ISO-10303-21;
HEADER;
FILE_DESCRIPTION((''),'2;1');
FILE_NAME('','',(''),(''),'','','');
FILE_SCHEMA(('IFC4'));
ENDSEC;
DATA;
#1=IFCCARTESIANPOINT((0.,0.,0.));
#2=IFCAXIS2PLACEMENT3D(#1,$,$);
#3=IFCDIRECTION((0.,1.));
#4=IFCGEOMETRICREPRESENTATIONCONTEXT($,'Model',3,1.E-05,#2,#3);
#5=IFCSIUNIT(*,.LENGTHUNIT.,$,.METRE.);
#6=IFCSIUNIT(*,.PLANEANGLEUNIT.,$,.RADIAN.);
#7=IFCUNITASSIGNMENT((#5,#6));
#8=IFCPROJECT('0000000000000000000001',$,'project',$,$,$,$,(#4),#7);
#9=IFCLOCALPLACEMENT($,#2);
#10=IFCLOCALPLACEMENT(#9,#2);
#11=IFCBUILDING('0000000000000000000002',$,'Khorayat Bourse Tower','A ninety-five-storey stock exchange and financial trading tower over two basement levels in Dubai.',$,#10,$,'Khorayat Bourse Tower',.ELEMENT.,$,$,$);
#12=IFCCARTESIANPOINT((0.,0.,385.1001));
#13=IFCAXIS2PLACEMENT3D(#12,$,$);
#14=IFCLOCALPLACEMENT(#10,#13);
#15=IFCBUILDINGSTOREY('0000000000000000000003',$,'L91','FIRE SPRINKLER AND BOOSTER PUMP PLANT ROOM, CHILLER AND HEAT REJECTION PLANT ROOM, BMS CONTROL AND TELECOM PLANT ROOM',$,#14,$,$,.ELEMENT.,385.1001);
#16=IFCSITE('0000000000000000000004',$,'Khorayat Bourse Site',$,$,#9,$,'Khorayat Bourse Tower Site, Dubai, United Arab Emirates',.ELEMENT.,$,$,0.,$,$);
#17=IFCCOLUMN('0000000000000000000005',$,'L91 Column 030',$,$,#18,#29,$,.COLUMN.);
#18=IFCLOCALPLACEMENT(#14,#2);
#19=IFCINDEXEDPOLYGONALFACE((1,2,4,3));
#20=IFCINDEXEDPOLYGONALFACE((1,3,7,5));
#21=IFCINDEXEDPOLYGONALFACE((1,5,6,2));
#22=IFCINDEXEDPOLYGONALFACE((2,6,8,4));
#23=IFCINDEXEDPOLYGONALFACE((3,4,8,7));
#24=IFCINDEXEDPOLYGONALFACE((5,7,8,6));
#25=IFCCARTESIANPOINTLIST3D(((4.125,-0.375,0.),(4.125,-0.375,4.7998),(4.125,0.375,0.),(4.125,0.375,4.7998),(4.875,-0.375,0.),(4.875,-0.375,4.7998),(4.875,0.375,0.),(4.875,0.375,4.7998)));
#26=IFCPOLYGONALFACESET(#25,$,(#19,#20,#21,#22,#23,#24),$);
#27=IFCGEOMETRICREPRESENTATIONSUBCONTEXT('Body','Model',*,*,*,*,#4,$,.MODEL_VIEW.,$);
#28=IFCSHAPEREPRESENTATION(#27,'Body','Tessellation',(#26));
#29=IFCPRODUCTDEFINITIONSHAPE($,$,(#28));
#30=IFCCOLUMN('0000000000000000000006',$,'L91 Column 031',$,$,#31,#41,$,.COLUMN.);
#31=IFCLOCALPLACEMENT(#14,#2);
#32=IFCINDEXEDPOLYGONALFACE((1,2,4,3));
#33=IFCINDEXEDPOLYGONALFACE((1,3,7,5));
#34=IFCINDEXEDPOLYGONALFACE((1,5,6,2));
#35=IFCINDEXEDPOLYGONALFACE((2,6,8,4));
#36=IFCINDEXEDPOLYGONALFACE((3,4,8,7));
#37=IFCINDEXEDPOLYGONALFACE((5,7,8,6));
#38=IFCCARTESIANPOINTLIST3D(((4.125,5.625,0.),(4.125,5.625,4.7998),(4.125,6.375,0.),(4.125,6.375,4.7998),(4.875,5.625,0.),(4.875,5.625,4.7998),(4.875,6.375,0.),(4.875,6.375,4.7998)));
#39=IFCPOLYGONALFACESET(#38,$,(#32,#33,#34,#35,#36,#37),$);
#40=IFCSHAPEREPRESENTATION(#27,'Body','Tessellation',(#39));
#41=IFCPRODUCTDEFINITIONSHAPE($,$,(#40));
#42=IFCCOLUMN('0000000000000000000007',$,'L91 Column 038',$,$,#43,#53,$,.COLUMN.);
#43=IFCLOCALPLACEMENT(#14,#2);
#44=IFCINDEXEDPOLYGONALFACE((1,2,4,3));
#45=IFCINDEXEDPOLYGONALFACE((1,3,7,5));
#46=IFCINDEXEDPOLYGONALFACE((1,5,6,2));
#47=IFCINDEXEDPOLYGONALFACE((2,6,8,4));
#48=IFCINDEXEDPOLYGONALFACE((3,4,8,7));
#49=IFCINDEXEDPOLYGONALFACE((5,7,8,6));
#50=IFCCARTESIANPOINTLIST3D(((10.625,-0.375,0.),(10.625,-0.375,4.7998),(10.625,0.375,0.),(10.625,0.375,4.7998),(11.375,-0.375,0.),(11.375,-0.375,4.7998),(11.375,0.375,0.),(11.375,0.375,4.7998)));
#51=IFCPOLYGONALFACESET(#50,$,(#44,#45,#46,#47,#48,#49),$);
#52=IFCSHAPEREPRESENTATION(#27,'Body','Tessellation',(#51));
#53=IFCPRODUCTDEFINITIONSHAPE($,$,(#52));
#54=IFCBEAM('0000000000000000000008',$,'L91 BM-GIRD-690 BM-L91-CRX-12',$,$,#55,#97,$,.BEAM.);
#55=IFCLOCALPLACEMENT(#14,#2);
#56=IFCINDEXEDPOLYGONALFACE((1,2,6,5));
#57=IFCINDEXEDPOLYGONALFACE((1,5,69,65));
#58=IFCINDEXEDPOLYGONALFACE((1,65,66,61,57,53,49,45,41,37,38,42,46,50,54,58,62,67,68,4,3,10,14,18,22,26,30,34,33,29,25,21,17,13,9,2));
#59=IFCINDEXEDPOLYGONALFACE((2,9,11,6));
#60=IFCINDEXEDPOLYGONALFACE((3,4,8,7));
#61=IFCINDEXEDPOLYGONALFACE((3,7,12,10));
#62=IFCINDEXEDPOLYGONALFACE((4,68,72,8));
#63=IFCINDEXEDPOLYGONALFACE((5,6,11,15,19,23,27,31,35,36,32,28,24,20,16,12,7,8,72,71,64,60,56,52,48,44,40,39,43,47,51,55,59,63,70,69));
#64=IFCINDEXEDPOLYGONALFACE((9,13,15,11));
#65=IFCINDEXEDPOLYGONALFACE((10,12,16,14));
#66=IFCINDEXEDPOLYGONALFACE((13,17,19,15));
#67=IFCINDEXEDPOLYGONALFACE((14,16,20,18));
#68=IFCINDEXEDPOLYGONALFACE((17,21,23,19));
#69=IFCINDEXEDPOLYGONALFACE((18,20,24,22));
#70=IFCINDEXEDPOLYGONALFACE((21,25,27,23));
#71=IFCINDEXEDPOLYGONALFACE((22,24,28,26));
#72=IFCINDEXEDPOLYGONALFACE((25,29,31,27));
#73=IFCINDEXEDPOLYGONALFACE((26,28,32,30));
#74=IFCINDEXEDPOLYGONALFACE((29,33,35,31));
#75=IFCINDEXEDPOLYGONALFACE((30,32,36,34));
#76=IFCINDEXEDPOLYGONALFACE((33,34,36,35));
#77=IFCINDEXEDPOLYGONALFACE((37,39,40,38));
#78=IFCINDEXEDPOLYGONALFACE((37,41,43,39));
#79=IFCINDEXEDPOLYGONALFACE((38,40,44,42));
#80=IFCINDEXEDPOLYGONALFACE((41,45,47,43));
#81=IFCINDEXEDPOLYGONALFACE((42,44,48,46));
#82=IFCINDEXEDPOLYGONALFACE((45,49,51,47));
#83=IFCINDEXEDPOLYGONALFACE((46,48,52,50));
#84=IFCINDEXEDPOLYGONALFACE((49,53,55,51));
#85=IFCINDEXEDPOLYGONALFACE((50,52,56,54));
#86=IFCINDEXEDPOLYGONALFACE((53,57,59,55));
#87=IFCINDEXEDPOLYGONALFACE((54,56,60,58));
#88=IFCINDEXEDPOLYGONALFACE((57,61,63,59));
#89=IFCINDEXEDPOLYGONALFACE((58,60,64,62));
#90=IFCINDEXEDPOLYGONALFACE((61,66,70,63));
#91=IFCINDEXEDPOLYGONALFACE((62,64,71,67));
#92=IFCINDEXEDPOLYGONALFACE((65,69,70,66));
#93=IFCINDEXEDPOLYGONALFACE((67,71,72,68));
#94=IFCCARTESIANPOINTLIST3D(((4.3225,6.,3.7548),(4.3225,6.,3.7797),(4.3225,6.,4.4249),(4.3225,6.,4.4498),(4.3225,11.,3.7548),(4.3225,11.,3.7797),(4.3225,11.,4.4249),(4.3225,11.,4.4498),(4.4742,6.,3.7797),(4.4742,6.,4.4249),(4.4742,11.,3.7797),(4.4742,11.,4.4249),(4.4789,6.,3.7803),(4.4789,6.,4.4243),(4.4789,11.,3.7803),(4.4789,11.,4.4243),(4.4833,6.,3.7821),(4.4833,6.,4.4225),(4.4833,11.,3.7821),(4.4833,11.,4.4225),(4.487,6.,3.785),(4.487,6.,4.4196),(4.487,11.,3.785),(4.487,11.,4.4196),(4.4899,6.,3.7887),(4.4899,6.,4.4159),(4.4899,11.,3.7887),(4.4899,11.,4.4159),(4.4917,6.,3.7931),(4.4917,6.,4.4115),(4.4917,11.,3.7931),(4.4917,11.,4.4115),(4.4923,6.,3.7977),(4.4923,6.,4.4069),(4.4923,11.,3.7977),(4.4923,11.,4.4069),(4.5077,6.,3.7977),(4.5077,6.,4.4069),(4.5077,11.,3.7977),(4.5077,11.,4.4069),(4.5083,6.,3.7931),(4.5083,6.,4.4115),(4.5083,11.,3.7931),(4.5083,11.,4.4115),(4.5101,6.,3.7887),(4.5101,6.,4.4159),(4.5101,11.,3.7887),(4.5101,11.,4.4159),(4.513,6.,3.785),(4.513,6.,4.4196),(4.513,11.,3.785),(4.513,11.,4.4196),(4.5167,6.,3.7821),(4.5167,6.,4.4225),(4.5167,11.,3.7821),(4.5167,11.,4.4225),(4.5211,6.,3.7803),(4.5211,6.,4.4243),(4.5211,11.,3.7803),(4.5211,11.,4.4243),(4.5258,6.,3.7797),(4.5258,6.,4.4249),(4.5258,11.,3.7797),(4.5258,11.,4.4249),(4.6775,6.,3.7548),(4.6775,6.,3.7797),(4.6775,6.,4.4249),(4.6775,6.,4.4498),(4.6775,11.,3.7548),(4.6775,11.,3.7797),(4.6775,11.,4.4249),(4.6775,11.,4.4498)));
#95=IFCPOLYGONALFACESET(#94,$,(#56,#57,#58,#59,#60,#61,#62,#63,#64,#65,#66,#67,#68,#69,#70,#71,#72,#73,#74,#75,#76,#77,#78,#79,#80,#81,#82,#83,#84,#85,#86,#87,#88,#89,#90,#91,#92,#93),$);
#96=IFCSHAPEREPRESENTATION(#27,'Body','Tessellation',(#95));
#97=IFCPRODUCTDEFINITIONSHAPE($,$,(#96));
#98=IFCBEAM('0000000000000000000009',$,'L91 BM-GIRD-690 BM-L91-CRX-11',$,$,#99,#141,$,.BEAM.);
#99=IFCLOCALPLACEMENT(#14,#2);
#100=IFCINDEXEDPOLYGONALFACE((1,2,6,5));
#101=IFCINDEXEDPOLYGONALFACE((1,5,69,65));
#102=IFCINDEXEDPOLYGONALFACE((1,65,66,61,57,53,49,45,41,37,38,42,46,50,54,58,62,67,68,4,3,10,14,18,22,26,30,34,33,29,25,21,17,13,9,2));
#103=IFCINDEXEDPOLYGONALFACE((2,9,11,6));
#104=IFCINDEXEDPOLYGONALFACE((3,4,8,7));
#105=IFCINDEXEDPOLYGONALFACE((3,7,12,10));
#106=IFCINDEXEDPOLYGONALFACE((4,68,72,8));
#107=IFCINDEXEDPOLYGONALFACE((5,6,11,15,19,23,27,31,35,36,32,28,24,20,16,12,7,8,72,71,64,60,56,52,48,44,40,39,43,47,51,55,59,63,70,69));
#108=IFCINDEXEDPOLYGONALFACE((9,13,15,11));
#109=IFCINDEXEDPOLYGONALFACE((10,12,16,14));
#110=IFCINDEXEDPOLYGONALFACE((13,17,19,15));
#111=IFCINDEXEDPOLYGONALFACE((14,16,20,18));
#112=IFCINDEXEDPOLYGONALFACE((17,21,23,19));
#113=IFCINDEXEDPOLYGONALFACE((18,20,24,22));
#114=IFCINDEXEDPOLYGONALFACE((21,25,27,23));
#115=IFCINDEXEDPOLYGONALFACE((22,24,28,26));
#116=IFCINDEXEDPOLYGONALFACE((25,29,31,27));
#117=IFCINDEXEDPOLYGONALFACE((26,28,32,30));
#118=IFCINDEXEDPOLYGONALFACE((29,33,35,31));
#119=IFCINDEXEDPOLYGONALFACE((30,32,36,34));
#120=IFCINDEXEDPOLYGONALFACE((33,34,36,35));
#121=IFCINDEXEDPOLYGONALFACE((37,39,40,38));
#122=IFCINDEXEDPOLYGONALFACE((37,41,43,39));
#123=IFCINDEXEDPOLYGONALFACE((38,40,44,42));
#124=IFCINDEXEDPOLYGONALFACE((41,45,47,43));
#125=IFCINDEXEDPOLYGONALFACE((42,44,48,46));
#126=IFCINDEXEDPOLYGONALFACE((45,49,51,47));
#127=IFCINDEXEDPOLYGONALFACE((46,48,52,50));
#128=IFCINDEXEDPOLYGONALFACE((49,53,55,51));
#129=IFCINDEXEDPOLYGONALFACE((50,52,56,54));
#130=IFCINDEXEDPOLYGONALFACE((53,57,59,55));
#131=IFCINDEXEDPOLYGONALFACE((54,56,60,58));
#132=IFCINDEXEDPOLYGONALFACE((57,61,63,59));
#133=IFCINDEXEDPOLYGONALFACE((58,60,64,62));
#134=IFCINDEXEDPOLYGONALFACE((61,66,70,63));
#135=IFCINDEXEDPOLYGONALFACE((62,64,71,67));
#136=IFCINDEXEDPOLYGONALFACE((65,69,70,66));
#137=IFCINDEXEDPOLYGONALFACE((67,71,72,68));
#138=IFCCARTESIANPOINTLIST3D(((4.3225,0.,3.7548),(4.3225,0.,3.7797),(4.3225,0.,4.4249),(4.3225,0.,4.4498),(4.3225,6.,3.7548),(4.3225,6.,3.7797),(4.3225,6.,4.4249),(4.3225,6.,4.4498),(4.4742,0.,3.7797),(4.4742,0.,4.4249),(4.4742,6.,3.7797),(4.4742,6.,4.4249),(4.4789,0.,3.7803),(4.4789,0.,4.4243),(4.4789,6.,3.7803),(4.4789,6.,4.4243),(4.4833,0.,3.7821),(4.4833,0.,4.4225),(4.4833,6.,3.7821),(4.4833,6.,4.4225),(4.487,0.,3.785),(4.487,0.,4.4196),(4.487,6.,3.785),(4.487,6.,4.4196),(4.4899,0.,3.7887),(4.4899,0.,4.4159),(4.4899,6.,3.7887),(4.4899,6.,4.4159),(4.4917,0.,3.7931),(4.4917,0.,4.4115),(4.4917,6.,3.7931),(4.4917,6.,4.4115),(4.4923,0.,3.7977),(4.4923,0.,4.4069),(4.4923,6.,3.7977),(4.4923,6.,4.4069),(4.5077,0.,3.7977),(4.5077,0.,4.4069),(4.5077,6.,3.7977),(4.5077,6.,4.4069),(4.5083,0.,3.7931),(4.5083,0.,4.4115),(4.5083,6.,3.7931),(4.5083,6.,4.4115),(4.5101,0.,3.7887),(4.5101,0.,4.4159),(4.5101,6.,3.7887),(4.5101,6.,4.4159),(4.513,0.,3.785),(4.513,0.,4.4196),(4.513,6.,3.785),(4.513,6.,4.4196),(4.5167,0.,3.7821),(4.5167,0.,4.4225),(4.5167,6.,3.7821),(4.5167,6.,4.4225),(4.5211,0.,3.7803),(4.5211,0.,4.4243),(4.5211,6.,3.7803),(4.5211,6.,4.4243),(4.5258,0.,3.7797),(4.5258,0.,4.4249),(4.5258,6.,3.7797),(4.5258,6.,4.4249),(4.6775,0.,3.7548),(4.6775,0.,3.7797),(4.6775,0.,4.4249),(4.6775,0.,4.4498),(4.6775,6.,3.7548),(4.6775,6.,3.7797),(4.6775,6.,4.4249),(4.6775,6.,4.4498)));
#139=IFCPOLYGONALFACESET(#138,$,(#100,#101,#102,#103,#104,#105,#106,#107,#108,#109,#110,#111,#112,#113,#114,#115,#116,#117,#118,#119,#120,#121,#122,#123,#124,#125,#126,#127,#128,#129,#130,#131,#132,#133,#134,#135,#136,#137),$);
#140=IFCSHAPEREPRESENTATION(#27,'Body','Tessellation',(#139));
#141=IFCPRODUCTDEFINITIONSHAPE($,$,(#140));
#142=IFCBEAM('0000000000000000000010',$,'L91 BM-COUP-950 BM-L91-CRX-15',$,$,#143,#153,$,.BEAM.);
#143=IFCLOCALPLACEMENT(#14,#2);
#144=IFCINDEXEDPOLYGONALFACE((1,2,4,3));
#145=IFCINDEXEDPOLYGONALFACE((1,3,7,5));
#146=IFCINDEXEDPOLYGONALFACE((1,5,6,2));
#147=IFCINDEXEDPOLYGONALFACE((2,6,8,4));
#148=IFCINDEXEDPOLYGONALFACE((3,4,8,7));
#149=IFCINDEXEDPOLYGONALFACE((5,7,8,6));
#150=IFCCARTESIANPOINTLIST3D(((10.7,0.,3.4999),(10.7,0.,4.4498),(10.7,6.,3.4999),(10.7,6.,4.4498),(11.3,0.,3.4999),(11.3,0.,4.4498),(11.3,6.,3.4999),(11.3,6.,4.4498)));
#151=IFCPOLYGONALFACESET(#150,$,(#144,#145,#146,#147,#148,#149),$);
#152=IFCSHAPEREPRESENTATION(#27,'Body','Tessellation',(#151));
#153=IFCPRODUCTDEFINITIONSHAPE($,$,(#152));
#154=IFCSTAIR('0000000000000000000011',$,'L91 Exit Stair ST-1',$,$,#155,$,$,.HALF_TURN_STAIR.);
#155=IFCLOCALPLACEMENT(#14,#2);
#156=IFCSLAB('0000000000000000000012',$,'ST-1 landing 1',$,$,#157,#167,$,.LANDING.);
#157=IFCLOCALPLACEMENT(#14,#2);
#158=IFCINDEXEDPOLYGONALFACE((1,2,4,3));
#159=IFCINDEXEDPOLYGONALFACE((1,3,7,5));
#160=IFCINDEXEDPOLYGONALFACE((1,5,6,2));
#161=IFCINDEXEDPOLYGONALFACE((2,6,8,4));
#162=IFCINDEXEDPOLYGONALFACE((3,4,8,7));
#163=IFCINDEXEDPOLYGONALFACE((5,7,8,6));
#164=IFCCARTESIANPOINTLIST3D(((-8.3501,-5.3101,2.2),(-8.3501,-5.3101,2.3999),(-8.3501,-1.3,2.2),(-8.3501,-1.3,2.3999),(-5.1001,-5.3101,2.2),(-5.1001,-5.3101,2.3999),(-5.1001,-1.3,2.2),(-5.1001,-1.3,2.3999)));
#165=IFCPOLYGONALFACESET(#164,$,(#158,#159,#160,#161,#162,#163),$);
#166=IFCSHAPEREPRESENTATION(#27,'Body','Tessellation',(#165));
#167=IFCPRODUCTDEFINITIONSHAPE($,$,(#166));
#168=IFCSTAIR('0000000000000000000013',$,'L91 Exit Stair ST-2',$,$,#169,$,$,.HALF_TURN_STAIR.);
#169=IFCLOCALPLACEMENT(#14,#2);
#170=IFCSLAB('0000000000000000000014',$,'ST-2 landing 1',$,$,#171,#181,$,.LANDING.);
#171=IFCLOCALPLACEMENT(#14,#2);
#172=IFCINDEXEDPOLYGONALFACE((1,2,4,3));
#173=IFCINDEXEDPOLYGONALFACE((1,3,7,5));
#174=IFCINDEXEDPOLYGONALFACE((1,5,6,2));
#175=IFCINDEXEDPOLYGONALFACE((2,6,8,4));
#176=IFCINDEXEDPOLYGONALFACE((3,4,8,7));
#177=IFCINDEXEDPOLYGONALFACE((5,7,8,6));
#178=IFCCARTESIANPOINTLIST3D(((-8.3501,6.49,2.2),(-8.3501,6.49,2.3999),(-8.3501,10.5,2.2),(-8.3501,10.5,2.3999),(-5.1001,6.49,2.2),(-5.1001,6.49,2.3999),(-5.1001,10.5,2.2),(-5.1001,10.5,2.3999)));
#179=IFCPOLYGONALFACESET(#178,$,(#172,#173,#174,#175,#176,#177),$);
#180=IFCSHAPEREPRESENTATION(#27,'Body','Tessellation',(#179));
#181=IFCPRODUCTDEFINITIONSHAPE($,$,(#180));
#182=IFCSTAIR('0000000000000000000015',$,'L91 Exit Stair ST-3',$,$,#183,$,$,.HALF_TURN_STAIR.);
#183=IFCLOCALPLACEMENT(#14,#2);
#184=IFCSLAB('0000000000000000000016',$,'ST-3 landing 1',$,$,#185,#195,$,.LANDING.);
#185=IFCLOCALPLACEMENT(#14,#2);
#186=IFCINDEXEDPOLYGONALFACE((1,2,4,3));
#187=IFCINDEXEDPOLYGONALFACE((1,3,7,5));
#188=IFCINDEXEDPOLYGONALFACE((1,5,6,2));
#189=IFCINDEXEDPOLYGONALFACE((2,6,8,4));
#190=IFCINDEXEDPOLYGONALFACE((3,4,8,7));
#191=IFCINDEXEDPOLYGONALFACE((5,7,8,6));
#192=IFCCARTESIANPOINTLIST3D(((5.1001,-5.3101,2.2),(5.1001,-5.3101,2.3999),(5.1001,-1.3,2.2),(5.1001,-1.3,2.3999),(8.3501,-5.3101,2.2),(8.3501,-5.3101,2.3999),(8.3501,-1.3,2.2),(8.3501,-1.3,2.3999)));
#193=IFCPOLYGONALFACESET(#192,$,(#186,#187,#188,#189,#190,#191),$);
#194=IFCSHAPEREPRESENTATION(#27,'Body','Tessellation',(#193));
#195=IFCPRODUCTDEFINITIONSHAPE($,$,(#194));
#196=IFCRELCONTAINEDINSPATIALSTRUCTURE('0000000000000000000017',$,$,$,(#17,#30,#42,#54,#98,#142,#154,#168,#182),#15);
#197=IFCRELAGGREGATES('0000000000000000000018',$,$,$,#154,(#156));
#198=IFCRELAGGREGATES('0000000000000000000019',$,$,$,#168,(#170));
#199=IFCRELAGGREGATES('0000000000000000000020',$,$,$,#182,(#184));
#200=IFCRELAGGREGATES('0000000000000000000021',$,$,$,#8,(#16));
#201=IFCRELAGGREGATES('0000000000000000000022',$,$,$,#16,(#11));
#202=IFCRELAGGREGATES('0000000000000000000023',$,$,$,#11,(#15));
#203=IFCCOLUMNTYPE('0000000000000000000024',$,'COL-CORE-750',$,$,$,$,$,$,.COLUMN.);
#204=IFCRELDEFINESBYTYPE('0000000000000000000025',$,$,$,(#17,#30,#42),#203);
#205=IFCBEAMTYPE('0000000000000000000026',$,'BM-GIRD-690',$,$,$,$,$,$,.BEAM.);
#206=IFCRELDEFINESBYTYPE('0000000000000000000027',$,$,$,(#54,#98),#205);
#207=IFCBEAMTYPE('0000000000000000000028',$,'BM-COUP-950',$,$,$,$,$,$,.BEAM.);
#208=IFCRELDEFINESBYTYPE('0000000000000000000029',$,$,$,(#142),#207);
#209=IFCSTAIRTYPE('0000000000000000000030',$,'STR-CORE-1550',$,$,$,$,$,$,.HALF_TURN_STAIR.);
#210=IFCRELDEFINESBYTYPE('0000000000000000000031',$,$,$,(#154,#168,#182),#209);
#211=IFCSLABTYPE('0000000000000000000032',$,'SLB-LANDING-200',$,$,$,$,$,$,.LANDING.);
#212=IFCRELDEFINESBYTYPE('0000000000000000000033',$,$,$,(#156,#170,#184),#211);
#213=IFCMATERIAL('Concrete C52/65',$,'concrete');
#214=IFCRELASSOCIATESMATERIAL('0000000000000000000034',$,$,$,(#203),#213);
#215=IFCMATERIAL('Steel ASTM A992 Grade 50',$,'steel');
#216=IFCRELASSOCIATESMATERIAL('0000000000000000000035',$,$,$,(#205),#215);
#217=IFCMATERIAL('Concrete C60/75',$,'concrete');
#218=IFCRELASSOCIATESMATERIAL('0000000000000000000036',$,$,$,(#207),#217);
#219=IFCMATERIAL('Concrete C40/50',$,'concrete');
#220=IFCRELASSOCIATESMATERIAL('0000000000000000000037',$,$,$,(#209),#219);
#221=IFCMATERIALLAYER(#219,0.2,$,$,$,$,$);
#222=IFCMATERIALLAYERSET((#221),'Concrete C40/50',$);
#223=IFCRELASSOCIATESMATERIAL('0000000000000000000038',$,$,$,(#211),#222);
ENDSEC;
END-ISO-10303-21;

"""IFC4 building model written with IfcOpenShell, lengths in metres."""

from ifc_helpers import new_model, si_unit, direction, frame, origin, origin_2d, place, context, subcontext, project, spatial, polyline, rectangle, i_section, outline, extrude, source, transform, mapped, material, layer, layer_set, material_profile, profile_set, type_object, element, aggregate, save


model = new_model("IFC4")

# Units and contexts
model_context = context("Model", 3, precision=1e-05, world=origin(), true_north=direction((0.0, 1.0)))
body_context = subcontext(model_context, "Body", "Model", "MODEL_VIEW")
ifc_project = project(units=[si_unit("LENGTHUNIT", "METRE"), si_unit("PLANEANGLEUNIT", "RADIAN")], contexts=[model_context])

# Site, building, storey
site_placement = place(None, origin())
site = spatial("IfcSite", under=ifc_project, at=site_placement, Name="Khorayat Bourse Site", LongName="Khorayat Bourse Tower Site, Dubai, United Arab Emirates", CompositionType="ELEMENT", RefElevation=0.0)
building_placement = place(site_placement, origin())
building = spatial("IfcBuilding", under=site, at=building_placement, Name="Khorayat Bourse Tower", Description="A ninety-five-storey stock exchange and financial trading tower over two basement levels in Dubai.", LongName="Khorayat Bourse Tower", CompositionType="ELEMENT")
storey_placement = place(building_placement, frame((0.0, 0.0, 385.1001)))
storey = spatial("IfcBuildingStorey", under=building, at=storey_placement, Name="L91", Description="FIRE SPRINKLER AND BOOSTER PUMP PLANT ROOM, CHILLER AND HEAT REJECTION PLANT ROOM, BMS CONTROL AND TELECOM PLANT ROOM", CompositionType="ELEMENT", Elevation=385.1001)

# Columns
ifc_material_1 = material(Name="Concrete C52/65", Category="concrete")
ifc_material_profile_1 = material_profile(ifc_material_1, rectangle(XDim=0.75, YDim=0.75, at=origin_2d()), Name="RC 750x750")
ifc_profile_set_1 = profile_set([ifc_material_profile_1], Name="Concrete C52/65")
column_type = type_object("IfcColumnType", Name="COL-CORE-750", PredefinedType="COLUMN", material=ifc_profile_set_1)
shared_shape_1 = source(origin(), body_context, "Body", "SweptSolid", [
    extrude(rectangle(XDim=0.75, YDim=0.75, at=origin_2d()), origin(), (0.0, 0.0, 1.0), 4.7998),
])
for number, where, z_axis, x_axis, name in (
    (1, (4.5, 0.0, 0.0), (0.0, 0.0, 1.0), (1.0, 0.0, 0.0), "L91 Column 030"),
    (2, (4.5, 6.0, 0.0), (0.0, 0.0, 1.0), (1.0, 0.0, 0.0), "L91 Column 031"),
    (3, (11.0, 0.0, 0.0), (0.0, 0.0, 1.0), (1.0, 0.0, 0.0), "L91 Column 038"),
):
    element("IfcColumn", number, at=place(storey_placement, frame(where, z_axis=z_axis, x_axis=x_axis)), inside=storey, type_object=column_type, Name=name, PredefinedType="COLUMN", context=body_context, shape_type="MappedRepresentation", body=[
        mapped(shared_shape_1, transform((0.0, 0.0, 0.0), scale=1.0)),
    ])

# Beams
ifc_material_2 = material(Name="Steel ASTM A992 Grade 50", Category="steel")
ifc_material_profile_2 = material_profile(ifc_material_2, i_section(OverallWidth=0.355, OverallDepth=0.6951, WebThickness=0.0154, FlangeThickness=0.0249, FilletRadius=0.0181, at=origin_2d()), Name="W690X217")
ifc_profile_set_2 = profile_set([ifc_material_profile_2], Name="Steel ASTM A992 Grade 50")
beam_type_1 = type_object("IfcBeamType", Name="BM-GIRD-690", PredefinedType="BEAM", material=ifc_profile_set_2)
shared_shape_2 = source(origin(), body_context, "Body", "SweptSolid", [
    extrude(i_section(OverallWidth=0.355, OverallDepth=0.6951, WebThickness=0.0154, FlangeThickness=0.0249, FilletRadius=0.0181, at=origin_2d()), origin(), (0.0, 0.0, 1.0), 5.0),
])
beam_1_placement = place(storey_placement, frame((4.5, 6.0, 4.1023), z_axis=(0.0, 1.0, 0.0), x_axis=(-1.0, 0.0, 0.0)))
element("IfcBeam", 4, at=beam_1_placement, inside=storey, type_object=beam_type_1, Name="L91 BM-GIRD-690 BM-L91-CRX-12", PredefinedType="BEAM", context=body_context, shape_type="MappedRepresentation", body=[
    mapped(shared_shape_2, transform((0.0, 0.0, 0.0), scale=1.0)),
])
shared_shape_3 = source(origin(), body_context, "Body", "SweptSolid", [
    extrude(i_section(OverallWidth=0.355, OverallDepth=0.6951, WebThickness=0.0154, FlangeThickness=0.0249, FilletRadius=0.0181, at=origin_2d()), origin(), (0.0, 0.0, 1.0), 6.0),
])
beam_2_placement = place(storey_placement, frame((4.5, 0.0, 4.1023), z_axis=(0.0, 1.0, 0.0), x_axis=(-1.0, 0.0, 0.0)))
element("IfcBeam", 5, at=beam_2_placement, inside=storey, type_object=beam_type_1, Name="L91 BM-GIRD-690 BM-L91-CRX-11", PredefinedType="BEAM", context=body_context, shape_type="MappedRepresentation", body=[
    mapped(shared_shape_3, transform((0.0, 0.0, 0.0), scale=1.0)),
])
ifc_material_3 = material(Name="Concrete C60/75", Category="concrete")
ifc_material_profile_3 = material_profile(ifc_material_3, rectangle(XDim=0.6001, YDim=0.95, at=origin_2d()), Name="RC 600x950")
ifc_profile_set_3 = profile_set([ifc_material_profile_3], Name="Concrete C60/75")
beam_type_2 = type_object("IfcBeamType", Name="BM-COUP-950", PredefinedType="BEAM", material=ifc_profile_set_3)
shared_shape_4 = source(origin(), body_context, "Body", "SweptSolid", [
    extrude(rectangle(XDim=0.6001, YDim=0.95, at=origin_2d()), origin(), (0.0, 0.0, 1.0), 6.0),
])
beam_3_placement = place(storey_placement, frame((11.0, 0.0, 3.9749), z_axis=(0.0, 1.0, 0.0), x_axis=(-1.0, 0.0, 0.0)))
element("IfcBeam", 6, at=beam_3_placement, inside=storey, type_object=beam_type_2, Name="L91 BM-COUP-950 BM-L91-CRX-15", PredefinedType="BEAM", context=body_context, shape_type="MappedRepresentation", body=[
    mapped(shared_shape_4, transform((0.0, 0.0, 0.0), scale=1.0)),
])

# Stairs, slabs
ifc_material_4 = material(Name="Concrete C40/50", Category="concrete")
stair_type = type_object("IfcStairType", Name="STR-CORE-1550", PredefinedType="HALF_TURN_STAIR", material=ifc_material_4)
stair_1_placement = place(storey_placement, origin())
stair_1 = element("IfcStair", 7, at=stair_1_placement, inside=storey, type_object=stair_type, Name="L91 Exit Stair ST-1", PredefinedType="HALF_TURN_STAIR")
ifc_layer_1 = layer(ifc_material_4, 0.2)
ifc_layer_set_1 = layer_set([ifc_layer_1], Name="Concrete C40/50")
slab_type = type_object("IfcSlabType", Name="SLB-LANDING-200", PredefinedType="LANDING", material=ifc_layer_set_1)
slab_1_placement = place(storey_placement, frame((0.0, 0.0, 2.2)))
slab_1 = element("IfcSlab", 8, at=slab_1_placement, type_object=slab_type, Name="ST-1 landing 1", PredefinedType="LANDING", context=body_context, shape_type="SweptSolid", body=[
    extrude(outline(polyline([(-5.1001, -5.3101), (-5.1001, -1.3), (-8.3501, -1.3), (-8.3501, -5.3101), (-5.1001, -5.3101)])), origin(), (0.0, 0.0, 1.0), 0.2),
])
aggregate(stair_1, [slab_1])
stair_2_placement = place(storey_placement, origin())
stair_2 = element("IfcStair", 9, at=stair_2_placement, inside=storey, type_object=stair_type, Name="L91 Exit Stair ST-2", PredefinedType="HALF_TURN_STAIR")
slab_2_placement = place(storey_placement, frame((0.0, 0.0, 2.2)))
slab_2 = element("IfcSlab", 10, at=slab_2_placement, type_object=slab_type, Name="ST-2 landing 1", PredefinedType="LANDING", context=body_context, shape_type="SweptSolid", body=[
    extrude(outline(polyline([(-5.1001, 6.49), (-5.1001, 10.5), (-8.3501, 10.5), (-8.3501, 6.49), (-5.1001, 6.49)])), origin(), (0.0, 0.0, 1.0), 0.2),
])
aggregate(stair_2, [slab_2])
stair_3_placement = place(storey_placement, origin())
stair_3 = element("IfcStair", 11, at=stair_3_placement, inside=storey, type_object=stair_type, Name="L91 Exit Stair ST-3", PredefinedType="HALF_TURN_STAIR")
slab_3_placement = place(storey_placement, frame((0.0, 0.0, 2.2)))
slab_3 = element("IfcSlab", 12, at=slab_3_placement, type_object=slab_type, Name="ST-3 landing 1", PredefinedType="LANDING", context=body_context, shape_type="SweptSolid", body=[
    extrude(outline(polyline([(8.3501, -5.3101), (8.3501, -1.3), (5.1001, -1.3), (5.1001, -5.3101), (8.3501, -5.3101)])), origin(), (0.0, 0.0, 1.0), 0.2),
])
aggregate(stair_3, [slab_3])

save(model, "model.ifc")
